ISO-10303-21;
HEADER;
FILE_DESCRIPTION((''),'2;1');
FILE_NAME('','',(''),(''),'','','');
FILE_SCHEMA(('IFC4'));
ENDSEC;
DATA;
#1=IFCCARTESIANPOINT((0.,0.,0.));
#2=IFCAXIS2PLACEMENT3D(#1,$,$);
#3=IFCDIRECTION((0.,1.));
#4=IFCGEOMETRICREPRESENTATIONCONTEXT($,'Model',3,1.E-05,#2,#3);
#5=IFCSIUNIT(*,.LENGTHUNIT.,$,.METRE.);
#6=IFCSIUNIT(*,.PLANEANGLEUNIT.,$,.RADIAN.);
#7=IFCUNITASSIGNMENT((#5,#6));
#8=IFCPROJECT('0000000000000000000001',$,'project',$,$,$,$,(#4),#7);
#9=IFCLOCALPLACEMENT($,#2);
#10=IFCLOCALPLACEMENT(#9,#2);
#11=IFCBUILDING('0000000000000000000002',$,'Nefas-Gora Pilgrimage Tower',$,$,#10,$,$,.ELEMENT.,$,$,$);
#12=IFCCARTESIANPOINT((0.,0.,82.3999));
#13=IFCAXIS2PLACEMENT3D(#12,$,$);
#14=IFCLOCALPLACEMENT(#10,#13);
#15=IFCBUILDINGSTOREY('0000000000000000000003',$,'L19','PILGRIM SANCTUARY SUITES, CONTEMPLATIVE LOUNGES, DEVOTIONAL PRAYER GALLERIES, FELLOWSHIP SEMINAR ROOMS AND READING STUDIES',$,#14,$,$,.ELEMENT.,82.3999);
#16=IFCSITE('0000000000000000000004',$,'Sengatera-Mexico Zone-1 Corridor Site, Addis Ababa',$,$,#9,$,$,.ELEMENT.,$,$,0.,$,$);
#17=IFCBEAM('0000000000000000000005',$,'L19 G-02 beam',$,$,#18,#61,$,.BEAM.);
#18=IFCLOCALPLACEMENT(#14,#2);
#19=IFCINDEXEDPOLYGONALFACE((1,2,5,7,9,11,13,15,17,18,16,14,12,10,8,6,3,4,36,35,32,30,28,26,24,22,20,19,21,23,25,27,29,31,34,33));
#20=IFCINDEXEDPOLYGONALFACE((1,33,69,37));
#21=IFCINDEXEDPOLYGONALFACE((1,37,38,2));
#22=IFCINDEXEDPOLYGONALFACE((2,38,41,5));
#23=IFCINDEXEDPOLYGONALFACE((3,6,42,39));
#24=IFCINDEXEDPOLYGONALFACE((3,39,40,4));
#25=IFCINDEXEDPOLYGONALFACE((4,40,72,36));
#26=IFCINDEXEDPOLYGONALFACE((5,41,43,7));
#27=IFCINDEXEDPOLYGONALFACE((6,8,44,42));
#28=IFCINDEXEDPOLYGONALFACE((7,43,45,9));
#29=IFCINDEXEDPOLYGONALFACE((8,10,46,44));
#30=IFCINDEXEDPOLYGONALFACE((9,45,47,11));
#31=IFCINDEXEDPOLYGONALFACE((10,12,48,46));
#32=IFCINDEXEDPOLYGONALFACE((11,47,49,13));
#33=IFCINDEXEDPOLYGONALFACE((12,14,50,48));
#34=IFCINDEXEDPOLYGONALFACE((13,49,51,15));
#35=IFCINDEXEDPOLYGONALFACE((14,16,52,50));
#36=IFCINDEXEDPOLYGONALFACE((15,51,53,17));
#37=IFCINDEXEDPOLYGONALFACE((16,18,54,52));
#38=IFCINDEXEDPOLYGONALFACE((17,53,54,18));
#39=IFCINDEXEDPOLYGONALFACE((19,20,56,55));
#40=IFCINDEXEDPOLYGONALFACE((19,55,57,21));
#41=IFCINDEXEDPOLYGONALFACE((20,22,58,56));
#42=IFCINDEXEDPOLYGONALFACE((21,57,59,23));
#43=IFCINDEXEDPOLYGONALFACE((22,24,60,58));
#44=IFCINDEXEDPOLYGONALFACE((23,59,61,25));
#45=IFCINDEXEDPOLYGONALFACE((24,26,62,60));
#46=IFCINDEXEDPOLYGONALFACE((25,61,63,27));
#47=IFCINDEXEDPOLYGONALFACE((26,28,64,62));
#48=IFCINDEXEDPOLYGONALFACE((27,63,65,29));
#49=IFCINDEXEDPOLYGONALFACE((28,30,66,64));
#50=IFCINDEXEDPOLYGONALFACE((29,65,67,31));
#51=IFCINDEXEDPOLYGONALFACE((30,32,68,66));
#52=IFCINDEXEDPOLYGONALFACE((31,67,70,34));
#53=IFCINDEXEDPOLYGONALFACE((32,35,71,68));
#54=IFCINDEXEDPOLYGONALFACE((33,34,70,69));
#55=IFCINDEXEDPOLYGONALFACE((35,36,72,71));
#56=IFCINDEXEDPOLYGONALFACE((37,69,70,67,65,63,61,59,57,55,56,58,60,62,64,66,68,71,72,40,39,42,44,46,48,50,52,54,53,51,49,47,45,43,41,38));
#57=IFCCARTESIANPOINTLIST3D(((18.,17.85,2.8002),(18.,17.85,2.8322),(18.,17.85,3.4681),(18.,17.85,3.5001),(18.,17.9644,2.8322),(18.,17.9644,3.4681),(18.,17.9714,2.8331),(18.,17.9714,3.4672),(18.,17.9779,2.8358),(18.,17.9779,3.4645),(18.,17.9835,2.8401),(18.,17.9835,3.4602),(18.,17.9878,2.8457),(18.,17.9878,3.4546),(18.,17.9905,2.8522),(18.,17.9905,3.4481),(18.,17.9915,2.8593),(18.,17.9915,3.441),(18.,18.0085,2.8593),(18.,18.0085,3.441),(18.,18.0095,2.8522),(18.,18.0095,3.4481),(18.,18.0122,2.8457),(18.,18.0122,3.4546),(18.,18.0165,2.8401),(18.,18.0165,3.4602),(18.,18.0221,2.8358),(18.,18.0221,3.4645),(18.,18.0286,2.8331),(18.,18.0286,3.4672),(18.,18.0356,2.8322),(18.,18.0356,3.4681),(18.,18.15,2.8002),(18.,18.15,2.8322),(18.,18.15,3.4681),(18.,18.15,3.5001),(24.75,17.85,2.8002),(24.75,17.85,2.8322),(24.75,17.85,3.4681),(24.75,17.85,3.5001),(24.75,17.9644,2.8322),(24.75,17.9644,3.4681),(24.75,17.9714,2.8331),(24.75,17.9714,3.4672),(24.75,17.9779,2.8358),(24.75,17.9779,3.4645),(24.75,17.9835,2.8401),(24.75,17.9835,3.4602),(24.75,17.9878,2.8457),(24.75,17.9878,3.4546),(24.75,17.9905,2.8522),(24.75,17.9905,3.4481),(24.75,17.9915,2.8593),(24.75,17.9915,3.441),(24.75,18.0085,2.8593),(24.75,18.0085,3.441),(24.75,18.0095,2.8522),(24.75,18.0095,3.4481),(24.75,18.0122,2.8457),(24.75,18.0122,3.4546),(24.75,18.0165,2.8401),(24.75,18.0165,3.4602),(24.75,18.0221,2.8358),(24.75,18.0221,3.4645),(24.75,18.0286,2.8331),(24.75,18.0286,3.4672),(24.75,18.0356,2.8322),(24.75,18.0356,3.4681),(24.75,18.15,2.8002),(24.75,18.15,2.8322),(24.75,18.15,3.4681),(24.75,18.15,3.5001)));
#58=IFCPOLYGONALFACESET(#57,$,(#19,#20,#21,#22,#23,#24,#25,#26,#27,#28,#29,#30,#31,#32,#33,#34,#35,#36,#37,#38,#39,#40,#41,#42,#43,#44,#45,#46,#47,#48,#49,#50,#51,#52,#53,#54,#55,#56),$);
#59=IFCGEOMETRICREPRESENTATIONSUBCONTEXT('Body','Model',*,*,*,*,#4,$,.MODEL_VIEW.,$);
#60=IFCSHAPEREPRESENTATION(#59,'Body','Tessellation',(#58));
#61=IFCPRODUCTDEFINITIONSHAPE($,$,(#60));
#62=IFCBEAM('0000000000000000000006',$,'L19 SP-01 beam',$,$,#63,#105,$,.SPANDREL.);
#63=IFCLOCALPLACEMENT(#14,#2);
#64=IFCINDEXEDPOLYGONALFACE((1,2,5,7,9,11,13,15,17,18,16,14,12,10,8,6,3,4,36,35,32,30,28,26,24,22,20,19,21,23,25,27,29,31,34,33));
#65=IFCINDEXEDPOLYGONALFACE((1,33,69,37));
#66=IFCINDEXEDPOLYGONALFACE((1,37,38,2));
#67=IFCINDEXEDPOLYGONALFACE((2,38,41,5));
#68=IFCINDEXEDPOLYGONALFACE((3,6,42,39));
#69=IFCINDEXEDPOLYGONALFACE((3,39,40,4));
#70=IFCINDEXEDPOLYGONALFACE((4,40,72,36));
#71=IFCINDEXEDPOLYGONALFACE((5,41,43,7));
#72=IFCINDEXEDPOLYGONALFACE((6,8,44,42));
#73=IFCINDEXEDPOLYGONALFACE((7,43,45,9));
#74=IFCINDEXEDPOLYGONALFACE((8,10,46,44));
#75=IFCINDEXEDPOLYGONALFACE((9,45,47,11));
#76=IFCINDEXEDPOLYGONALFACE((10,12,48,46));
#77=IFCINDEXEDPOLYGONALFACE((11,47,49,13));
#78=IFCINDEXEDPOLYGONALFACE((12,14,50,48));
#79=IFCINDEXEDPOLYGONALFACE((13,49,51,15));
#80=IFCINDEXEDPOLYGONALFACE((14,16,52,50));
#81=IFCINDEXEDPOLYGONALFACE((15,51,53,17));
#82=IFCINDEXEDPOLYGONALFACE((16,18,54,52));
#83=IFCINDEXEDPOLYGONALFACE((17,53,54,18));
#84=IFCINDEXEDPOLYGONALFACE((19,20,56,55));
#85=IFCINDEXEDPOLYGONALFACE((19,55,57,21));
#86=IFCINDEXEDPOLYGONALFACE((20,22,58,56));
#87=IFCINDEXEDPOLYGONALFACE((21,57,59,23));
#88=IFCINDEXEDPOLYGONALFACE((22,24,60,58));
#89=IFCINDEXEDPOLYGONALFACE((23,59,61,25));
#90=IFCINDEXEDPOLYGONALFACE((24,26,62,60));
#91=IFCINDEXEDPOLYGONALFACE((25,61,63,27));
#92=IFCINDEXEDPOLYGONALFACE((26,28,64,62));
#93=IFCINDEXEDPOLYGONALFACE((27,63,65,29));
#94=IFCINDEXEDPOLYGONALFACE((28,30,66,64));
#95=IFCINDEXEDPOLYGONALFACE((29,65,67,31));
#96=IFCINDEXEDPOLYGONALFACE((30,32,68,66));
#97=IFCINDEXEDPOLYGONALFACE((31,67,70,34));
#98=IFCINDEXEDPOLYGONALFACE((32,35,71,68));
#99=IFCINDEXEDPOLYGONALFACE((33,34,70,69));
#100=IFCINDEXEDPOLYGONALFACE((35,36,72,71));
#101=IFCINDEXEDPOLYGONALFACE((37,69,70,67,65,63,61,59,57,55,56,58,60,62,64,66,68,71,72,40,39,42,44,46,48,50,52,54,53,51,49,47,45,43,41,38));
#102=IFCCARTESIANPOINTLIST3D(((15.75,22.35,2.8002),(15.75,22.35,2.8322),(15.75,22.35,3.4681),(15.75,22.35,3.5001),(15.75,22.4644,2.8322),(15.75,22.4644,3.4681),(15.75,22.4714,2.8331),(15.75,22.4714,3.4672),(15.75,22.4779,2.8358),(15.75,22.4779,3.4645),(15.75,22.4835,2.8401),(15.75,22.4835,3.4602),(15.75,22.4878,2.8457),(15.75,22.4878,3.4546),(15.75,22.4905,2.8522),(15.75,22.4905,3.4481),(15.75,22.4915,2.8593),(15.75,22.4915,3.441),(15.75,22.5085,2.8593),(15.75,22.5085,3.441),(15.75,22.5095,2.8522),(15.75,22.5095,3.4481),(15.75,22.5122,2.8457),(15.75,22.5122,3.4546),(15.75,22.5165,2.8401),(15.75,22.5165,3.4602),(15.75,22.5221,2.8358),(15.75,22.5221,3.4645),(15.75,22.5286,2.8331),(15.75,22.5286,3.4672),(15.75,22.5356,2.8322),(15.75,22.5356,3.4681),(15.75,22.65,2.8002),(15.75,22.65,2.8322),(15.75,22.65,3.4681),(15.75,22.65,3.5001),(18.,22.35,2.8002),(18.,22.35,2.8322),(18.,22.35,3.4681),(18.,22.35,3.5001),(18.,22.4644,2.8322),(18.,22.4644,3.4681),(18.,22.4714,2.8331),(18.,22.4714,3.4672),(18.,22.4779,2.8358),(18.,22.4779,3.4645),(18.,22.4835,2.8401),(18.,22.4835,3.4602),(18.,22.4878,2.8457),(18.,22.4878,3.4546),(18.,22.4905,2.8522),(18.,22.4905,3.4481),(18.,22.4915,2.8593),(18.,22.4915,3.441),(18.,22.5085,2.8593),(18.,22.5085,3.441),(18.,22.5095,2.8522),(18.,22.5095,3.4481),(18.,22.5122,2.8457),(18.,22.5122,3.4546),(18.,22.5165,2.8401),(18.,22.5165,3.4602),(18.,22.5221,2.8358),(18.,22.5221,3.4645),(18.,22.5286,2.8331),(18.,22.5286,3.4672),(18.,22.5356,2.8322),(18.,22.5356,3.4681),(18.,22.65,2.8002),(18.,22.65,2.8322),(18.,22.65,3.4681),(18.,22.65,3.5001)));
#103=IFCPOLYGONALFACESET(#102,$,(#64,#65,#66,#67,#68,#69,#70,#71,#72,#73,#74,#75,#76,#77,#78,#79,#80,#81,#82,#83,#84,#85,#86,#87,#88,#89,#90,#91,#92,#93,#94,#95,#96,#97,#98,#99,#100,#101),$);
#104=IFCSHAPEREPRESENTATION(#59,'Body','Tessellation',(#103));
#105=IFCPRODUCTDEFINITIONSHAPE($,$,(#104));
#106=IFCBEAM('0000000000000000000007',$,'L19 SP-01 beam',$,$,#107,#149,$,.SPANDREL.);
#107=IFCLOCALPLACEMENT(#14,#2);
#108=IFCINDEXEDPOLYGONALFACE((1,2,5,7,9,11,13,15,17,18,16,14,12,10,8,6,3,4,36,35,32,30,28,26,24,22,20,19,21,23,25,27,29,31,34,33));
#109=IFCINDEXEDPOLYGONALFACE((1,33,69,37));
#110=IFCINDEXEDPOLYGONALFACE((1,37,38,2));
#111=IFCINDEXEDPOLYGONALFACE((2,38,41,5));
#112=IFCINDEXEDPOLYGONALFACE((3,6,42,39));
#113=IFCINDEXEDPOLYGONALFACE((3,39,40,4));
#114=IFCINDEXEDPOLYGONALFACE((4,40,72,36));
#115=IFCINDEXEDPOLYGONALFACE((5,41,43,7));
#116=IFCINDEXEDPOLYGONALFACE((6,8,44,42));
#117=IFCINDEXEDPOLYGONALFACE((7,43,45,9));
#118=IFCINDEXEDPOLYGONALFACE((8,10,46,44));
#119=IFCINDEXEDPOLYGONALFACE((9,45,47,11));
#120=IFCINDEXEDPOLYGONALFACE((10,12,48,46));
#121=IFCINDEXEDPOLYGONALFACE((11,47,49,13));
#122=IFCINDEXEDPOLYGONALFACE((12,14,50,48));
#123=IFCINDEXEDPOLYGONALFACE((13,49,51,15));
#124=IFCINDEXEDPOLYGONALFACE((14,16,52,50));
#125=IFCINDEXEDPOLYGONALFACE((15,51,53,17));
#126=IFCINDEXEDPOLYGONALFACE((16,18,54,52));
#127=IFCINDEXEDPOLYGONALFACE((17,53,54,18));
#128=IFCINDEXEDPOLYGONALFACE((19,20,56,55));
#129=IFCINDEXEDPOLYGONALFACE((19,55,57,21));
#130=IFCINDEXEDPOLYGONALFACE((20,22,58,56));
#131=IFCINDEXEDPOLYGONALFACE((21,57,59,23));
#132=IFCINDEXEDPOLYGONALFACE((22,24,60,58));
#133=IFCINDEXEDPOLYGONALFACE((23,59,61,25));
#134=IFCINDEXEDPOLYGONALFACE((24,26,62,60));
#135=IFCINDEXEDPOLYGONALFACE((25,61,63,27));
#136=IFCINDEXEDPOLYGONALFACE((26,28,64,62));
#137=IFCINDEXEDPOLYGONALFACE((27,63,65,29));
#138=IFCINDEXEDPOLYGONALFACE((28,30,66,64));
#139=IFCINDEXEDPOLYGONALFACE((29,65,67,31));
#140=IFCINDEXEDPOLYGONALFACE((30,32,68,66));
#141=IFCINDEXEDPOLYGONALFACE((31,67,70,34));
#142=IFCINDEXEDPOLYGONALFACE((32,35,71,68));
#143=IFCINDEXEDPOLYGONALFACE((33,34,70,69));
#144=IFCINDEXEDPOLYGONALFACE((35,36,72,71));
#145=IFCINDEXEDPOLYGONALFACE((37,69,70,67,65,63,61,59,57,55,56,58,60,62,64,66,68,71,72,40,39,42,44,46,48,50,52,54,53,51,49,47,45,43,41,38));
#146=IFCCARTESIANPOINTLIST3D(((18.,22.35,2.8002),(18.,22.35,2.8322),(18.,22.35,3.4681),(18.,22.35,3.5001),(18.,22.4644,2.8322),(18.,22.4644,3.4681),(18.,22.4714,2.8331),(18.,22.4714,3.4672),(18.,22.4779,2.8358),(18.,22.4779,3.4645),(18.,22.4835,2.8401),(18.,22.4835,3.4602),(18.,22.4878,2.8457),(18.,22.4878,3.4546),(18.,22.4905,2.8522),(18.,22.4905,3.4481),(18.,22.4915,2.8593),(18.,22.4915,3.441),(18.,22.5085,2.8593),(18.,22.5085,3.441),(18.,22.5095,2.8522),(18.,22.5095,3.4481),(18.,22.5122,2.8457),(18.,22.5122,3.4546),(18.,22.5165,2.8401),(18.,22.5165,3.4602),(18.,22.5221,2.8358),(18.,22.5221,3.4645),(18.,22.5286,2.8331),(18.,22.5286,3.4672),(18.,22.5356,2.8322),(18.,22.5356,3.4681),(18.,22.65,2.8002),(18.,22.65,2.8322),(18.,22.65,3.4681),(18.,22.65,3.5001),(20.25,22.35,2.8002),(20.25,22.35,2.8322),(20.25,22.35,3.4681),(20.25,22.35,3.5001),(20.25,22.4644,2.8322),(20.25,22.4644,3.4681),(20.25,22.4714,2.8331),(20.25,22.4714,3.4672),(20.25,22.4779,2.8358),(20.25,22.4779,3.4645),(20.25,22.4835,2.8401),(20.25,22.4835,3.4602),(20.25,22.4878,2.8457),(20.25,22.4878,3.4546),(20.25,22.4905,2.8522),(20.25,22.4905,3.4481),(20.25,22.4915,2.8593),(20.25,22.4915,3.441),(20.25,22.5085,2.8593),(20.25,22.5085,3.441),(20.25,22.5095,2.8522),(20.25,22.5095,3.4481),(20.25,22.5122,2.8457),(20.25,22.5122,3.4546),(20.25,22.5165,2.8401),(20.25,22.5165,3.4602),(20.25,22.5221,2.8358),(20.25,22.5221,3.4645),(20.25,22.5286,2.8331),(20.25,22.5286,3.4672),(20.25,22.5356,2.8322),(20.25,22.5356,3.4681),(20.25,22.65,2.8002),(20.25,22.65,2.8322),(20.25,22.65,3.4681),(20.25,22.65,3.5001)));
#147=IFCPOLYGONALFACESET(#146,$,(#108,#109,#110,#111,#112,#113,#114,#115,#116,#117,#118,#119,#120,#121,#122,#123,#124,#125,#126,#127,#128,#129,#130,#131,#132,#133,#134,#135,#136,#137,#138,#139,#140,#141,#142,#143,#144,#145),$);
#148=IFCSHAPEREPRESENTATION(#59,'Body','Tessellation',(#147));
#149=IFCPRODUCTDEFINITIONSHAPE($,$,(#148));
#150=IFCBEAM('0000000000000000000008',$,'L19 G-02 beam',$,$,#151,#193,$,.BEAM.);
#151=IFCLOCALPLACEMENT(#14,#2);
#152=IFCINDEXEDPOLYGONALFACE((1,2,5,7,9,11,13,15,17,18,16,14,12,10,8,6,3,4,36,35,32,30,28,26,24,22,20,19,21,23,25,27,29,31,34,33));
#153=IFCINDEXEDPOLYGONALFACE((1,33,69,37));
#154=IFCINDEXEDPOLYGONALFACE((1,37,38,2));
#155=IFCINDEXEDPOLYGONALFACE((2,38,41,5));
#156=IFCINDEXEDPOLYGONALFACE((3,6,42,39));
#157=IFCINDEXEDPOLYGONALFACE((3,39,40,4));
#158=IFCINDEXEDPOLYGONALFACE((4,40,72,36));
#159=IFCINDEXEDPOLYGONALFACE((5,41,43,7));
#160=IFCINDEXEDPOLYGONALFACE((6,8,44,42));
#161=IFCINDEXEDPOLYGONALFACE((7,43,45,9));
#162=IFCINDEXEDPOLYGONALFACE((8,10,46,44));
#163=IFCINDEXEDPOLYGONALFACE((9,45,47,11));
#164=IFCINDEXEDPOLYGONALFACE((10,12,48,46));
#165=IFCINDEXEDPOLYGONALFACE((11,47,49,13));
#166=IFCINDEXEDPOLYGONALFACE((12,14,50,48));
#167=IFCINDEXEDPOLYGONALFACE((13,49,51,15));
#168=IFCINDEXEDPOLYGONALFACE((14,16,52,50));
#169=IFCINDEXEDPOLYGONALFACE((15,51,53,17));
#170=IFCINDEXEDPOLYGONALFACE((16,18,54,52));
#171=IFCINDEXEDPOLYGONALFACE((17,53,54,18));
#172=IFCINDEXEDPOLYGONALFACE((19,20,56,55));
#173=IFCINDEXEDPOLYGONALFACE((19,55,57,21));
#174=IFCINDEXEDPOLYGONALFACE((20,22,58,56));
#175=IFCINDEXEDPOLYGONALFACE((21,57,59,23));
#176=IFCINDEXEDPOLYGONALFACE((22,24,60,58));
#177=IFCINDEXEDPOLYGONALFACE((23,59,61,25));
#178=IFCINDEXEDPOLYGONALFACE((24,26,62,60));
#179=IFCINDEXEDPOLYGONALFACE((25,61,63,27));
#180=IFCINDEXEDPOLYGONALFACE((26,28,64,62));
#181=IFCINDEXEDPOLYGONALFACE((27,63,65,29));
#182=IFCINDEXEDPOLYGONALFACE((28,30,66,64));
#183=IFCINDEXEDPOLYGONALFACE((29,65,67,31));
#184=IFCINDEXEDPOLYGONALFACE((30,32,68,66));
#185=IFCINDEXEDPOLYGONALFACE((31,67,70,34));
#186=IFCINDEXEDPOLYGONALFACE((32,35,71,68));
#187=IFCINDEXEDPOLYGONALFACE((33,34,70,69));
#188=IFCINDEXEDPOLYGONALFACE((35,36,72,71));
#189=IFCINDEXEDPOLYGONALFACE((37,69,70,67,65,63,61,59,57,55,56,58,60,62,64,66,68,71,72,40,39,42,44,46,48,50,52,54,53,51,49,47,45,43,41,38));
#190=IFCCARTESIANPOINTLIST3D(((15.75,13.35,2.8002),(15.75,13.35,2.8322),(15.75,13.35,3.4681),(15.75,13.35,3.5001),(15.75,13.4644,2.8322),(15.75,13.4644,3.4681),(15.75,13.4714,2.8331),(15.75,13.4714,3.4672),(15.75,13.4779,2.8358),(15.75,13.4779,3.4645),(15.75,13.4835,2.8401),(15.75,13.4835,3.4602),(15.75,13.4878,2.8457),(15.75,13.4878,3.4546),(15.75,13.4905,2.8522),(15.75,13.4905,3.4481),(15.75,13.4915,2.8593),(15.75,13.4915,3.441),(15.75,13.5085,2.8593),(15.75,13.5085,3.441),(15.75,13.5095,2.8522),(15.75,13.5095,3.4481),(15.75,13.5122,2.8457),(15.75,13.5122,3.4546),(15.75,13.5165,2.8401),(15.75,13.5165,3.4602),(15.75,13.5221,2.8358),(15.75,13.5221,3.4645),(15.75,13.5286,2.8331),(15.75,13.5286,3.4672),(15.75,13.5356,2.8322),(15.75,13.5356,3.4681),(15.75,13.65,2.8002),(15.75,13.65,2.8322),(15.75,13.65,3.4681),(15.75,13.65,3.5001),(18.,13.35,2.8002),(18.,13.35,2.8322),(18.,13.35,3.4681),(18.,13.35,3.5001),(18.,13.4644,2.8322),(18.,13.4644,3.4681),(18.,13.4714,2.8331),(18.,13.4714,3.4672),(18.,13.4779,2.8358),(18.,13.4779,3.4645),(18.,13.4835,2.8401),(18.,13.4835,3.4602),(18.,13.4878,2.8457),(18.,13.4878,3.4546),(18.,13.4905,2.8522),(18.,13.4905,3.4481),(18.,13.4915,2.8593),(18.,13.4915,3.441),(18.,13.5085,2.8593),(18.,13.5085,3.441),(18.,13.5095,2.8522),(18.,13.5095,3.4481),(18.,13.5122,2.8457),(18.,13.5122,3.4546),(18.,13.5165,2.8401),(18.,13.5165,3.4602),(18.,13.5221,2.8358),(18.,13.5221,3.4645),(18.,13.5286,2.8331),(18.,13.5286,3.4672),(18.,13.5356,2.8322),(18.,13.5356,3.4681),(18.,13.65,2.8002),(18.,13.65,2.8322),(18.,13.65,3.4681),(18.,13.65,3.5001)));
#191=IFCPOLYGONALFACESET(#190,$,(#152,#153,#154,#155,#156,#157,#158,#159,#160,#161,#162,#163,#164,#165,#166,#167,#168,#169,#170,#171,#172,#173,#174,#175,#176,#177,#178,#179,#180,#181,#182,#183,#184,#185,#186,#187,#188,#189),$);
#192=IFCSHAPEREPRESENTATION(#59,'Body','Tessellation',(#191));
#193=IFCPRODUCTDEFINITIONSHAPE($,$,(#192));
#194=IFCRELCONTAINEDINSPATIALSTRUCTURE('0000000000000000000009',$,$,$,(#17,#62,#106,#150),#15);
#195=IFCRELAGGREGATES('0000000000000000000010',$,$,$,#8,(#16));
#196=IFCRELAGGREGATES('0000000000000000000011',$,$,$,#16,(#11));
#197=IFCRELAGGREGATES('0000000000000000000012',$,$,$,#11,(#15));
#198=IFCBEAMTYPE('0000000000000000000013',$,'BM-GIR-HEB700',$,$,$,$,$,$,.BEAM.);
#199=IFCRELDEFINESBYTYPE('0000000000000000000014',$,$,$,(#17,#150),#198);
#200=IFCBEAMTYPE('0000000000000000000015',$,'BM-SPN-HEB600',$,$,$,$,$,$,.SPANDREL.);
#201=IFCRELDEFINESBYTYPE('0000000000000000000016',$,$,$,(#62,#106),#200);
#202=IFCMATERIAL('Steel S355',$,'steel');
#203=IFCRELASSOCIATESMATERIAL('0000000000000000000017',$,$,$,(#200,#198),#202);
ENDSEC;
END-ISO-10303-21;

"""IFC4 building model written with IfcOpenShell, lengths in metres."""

from ifc_helpers import new_model, si_unit, direction, frame, origin, origin_2d, place, context, subcontext, project, spatial, i_section, extrude, source, transform, mapped, material, material_profile, profile_set, type_object, element, save


model = new_model("IFC4")

# Units and contexts
model_context = context("Model", 3, precision=1e-05, world=origin(), true_north=direction((0.0, 1.0)))
body_context = subcontext(model_context, "Body", "Model", "MODEL_VIEW")
ifc_project = project(units=[si_unit("LENGTHUNIT", "METRE"), si_unit("PLANEANGLEUNIT", "RADIAN")], contexts=[model_context])

# Site, building, storey
site_placement = place(None, origin())
site = spatial("IfcSite", under=ifc_project, at=site_placement, Name="Sengatera-Mexico Zone-1 Corridor Site, Addis Ababa", CompositionType="ELEMENT", RefElevation=0.0)
building_placement = place(site_placement, origin())
building = spatial("IfcBuilding", under=site, at=building_placement, Name="Nefas-Gora Pilgrimage Tower", CompositionType="ELEMENT")
storey_placement = place(building_placement, frame((0.0, 0.0, 82.3999)))
storey = spatial("IfcBuildingStorey", under=building, at=storey_placement, Name="L19", Description="PILGRIM SANCTUARY SUITES, CONTEMPLATIVE LOUNGES, DEVOTIONAL PRAYER GALLERIES, FELLOWSHIP SEMINAR ROOMS AND READING STUDIES", CompositionType="ELEMENT", Elevation=82.3999)

# Beams
ifc_material_1 = material(Name="Steel S355", Category="steel")
ifc_material_profile_1 = material_profile(ifc_material_1, i_section(OverallWidth=0.3, OverallDepth=0.7, WebThickness=0.0171, FlangeThickness=0.032, FilletRadius=0.0271, at=origin_2d()), Name="HEB 700")
ifc_profile_set_1 = profile_set([ifc_material_profile_1], Name="Steel S355")
beam_type_1 = type_object("IfcBeamType", Name="BM-SPN-HEB600", PredefinedType="SPANDREL", material=ifc_profile_set_1)
ifc_material_profile_2 = material_profile(ifc_material_1, i_section(OverallWidth=0.3, OverallDepth=0.7, WebThickness=0.0171, FlangeThickness=0.032, FilletRadius=0.0271, at=origin_2d()), Name="HEB 700")
ifc_profile_set_2 = profile_set([ifc_material_profile_2], Name="Steel S355")
beam_type_2 = type_object("IfcBeamType", Name="BM-GIR-HEB700", PredefinedType="BEAM", material=ifc_profile_set_2)
shared_shape_1 = source(origin(), body_context, "Body", "SweptSolid", [
    extrude(i_section(OverallWidth=0.3, OverallDepth=0.7, WebThickness=0.0171, FlangeThickness=0.032, FilletRadius=0.0271, at=origin_2d()), origin(), (0.0, 0.0, 1.0), 6.75),
])
for number, where, z_axis, x_axis, name in (
    (1, (18.0, 18.0, 3.1501), (1.0, 0.0, 0.0), (0.0, 1.0, 0.0), "L19 G-02 beam"),
):
    element("IfcBeam", number, at=place(storey_placement, frame(where, z_axis=z_axis, x_axis=x_axis)), inside=storey, type_object=beam_type_2, Name=name, PredefinedType="BEAM", context=body_context, shape_type="MappedRepresentation", body=[
        mapped(shared_shape_1, transform((0.0, 0.0, 0.0), x_axis=(1.0, 0.0, 0.0), y_axis=(0.0, 1.0, 0.0), z_axis=(0.0, 0.0, 1.0), scale=1.0)),
    ])
shared_shape_2 = source(origin(), body_context, "Body", "SweptSolid", [
    extrude(i_section(OverallWidth=0.3, OverallDepth=0.7, WebThickness=0.0171, FlangeThickness=0.032, FilletRadius=0.0271, at=origin_2d()), origin(), (0.0, 0.0, 1.0), 2.25),
])
for number, where, z_axis, x_axis, name in (
    (2, (15.75, 22.5, 3.1501), (1.0, 0.0, 0.0), (0.0, 1.0, 0.0), "L19 SP-01 beam"),
    (3, (18.0, 22.5, 3.1501), (1.0, 0.0, 0.0), (0.0, 1.0, 0.0), "L19 SP-01 beam"),
):
    element("IfcBeam", number, at=place(storey_placement, frame(where, z_axis=z_axis, x_axis=x_axis)), inside=storey, type_object=beam_type_1, Name=name, PredefinedType="SPANDREL", context=body_context, shape_type="MappedRepresentation", body=[
        mapped(shared_shape_2, transform((0.0, 0.0, 0.0), x_axis=(1.0, 0.0, 0.0), y_axis=(0.0, 1.0, 0.0), z_axis=(0.0, 0.0, 1.0), scale=1.0)),
    ])
shared_shape_3 = source(origin(), body_context, "Body", "SweptSolid", [
    extrude(i_section(OverallWidth=0.3, OverallDepth=0.7, WebThickness=0.0171, FlangeThickness=0.032, FilletRadius=0.0271, at=origin_2d()), origin(), (0.0, 0.0, 1.0), 2.25),
])
beam_1_placement = place(storey_placement, frame((15.75, 13.5, 3.1501), z_axis=(1.0, 0.0, 0.0), x_axis=(0.0, 1.0, 0.0)))
element("IfcBeam", 4, at=beam_1_placement, inside=storey, type_object=beam_type_2, Name="L19 G-02 beam", PredefinedType="BEAM", context=body_context, shape_type="MappedRepresentation", body=[
    mapped(shared_shape_3, transform((0.0, 0.0, 0.0), x_axis=(1.0, 0.0, 0.0), y_axis=(0.0, 1.0, 0.0), z_axis=(0.0, 0.0, 1.0), scale=1.0)),
])

save(model, "model.ifc")
